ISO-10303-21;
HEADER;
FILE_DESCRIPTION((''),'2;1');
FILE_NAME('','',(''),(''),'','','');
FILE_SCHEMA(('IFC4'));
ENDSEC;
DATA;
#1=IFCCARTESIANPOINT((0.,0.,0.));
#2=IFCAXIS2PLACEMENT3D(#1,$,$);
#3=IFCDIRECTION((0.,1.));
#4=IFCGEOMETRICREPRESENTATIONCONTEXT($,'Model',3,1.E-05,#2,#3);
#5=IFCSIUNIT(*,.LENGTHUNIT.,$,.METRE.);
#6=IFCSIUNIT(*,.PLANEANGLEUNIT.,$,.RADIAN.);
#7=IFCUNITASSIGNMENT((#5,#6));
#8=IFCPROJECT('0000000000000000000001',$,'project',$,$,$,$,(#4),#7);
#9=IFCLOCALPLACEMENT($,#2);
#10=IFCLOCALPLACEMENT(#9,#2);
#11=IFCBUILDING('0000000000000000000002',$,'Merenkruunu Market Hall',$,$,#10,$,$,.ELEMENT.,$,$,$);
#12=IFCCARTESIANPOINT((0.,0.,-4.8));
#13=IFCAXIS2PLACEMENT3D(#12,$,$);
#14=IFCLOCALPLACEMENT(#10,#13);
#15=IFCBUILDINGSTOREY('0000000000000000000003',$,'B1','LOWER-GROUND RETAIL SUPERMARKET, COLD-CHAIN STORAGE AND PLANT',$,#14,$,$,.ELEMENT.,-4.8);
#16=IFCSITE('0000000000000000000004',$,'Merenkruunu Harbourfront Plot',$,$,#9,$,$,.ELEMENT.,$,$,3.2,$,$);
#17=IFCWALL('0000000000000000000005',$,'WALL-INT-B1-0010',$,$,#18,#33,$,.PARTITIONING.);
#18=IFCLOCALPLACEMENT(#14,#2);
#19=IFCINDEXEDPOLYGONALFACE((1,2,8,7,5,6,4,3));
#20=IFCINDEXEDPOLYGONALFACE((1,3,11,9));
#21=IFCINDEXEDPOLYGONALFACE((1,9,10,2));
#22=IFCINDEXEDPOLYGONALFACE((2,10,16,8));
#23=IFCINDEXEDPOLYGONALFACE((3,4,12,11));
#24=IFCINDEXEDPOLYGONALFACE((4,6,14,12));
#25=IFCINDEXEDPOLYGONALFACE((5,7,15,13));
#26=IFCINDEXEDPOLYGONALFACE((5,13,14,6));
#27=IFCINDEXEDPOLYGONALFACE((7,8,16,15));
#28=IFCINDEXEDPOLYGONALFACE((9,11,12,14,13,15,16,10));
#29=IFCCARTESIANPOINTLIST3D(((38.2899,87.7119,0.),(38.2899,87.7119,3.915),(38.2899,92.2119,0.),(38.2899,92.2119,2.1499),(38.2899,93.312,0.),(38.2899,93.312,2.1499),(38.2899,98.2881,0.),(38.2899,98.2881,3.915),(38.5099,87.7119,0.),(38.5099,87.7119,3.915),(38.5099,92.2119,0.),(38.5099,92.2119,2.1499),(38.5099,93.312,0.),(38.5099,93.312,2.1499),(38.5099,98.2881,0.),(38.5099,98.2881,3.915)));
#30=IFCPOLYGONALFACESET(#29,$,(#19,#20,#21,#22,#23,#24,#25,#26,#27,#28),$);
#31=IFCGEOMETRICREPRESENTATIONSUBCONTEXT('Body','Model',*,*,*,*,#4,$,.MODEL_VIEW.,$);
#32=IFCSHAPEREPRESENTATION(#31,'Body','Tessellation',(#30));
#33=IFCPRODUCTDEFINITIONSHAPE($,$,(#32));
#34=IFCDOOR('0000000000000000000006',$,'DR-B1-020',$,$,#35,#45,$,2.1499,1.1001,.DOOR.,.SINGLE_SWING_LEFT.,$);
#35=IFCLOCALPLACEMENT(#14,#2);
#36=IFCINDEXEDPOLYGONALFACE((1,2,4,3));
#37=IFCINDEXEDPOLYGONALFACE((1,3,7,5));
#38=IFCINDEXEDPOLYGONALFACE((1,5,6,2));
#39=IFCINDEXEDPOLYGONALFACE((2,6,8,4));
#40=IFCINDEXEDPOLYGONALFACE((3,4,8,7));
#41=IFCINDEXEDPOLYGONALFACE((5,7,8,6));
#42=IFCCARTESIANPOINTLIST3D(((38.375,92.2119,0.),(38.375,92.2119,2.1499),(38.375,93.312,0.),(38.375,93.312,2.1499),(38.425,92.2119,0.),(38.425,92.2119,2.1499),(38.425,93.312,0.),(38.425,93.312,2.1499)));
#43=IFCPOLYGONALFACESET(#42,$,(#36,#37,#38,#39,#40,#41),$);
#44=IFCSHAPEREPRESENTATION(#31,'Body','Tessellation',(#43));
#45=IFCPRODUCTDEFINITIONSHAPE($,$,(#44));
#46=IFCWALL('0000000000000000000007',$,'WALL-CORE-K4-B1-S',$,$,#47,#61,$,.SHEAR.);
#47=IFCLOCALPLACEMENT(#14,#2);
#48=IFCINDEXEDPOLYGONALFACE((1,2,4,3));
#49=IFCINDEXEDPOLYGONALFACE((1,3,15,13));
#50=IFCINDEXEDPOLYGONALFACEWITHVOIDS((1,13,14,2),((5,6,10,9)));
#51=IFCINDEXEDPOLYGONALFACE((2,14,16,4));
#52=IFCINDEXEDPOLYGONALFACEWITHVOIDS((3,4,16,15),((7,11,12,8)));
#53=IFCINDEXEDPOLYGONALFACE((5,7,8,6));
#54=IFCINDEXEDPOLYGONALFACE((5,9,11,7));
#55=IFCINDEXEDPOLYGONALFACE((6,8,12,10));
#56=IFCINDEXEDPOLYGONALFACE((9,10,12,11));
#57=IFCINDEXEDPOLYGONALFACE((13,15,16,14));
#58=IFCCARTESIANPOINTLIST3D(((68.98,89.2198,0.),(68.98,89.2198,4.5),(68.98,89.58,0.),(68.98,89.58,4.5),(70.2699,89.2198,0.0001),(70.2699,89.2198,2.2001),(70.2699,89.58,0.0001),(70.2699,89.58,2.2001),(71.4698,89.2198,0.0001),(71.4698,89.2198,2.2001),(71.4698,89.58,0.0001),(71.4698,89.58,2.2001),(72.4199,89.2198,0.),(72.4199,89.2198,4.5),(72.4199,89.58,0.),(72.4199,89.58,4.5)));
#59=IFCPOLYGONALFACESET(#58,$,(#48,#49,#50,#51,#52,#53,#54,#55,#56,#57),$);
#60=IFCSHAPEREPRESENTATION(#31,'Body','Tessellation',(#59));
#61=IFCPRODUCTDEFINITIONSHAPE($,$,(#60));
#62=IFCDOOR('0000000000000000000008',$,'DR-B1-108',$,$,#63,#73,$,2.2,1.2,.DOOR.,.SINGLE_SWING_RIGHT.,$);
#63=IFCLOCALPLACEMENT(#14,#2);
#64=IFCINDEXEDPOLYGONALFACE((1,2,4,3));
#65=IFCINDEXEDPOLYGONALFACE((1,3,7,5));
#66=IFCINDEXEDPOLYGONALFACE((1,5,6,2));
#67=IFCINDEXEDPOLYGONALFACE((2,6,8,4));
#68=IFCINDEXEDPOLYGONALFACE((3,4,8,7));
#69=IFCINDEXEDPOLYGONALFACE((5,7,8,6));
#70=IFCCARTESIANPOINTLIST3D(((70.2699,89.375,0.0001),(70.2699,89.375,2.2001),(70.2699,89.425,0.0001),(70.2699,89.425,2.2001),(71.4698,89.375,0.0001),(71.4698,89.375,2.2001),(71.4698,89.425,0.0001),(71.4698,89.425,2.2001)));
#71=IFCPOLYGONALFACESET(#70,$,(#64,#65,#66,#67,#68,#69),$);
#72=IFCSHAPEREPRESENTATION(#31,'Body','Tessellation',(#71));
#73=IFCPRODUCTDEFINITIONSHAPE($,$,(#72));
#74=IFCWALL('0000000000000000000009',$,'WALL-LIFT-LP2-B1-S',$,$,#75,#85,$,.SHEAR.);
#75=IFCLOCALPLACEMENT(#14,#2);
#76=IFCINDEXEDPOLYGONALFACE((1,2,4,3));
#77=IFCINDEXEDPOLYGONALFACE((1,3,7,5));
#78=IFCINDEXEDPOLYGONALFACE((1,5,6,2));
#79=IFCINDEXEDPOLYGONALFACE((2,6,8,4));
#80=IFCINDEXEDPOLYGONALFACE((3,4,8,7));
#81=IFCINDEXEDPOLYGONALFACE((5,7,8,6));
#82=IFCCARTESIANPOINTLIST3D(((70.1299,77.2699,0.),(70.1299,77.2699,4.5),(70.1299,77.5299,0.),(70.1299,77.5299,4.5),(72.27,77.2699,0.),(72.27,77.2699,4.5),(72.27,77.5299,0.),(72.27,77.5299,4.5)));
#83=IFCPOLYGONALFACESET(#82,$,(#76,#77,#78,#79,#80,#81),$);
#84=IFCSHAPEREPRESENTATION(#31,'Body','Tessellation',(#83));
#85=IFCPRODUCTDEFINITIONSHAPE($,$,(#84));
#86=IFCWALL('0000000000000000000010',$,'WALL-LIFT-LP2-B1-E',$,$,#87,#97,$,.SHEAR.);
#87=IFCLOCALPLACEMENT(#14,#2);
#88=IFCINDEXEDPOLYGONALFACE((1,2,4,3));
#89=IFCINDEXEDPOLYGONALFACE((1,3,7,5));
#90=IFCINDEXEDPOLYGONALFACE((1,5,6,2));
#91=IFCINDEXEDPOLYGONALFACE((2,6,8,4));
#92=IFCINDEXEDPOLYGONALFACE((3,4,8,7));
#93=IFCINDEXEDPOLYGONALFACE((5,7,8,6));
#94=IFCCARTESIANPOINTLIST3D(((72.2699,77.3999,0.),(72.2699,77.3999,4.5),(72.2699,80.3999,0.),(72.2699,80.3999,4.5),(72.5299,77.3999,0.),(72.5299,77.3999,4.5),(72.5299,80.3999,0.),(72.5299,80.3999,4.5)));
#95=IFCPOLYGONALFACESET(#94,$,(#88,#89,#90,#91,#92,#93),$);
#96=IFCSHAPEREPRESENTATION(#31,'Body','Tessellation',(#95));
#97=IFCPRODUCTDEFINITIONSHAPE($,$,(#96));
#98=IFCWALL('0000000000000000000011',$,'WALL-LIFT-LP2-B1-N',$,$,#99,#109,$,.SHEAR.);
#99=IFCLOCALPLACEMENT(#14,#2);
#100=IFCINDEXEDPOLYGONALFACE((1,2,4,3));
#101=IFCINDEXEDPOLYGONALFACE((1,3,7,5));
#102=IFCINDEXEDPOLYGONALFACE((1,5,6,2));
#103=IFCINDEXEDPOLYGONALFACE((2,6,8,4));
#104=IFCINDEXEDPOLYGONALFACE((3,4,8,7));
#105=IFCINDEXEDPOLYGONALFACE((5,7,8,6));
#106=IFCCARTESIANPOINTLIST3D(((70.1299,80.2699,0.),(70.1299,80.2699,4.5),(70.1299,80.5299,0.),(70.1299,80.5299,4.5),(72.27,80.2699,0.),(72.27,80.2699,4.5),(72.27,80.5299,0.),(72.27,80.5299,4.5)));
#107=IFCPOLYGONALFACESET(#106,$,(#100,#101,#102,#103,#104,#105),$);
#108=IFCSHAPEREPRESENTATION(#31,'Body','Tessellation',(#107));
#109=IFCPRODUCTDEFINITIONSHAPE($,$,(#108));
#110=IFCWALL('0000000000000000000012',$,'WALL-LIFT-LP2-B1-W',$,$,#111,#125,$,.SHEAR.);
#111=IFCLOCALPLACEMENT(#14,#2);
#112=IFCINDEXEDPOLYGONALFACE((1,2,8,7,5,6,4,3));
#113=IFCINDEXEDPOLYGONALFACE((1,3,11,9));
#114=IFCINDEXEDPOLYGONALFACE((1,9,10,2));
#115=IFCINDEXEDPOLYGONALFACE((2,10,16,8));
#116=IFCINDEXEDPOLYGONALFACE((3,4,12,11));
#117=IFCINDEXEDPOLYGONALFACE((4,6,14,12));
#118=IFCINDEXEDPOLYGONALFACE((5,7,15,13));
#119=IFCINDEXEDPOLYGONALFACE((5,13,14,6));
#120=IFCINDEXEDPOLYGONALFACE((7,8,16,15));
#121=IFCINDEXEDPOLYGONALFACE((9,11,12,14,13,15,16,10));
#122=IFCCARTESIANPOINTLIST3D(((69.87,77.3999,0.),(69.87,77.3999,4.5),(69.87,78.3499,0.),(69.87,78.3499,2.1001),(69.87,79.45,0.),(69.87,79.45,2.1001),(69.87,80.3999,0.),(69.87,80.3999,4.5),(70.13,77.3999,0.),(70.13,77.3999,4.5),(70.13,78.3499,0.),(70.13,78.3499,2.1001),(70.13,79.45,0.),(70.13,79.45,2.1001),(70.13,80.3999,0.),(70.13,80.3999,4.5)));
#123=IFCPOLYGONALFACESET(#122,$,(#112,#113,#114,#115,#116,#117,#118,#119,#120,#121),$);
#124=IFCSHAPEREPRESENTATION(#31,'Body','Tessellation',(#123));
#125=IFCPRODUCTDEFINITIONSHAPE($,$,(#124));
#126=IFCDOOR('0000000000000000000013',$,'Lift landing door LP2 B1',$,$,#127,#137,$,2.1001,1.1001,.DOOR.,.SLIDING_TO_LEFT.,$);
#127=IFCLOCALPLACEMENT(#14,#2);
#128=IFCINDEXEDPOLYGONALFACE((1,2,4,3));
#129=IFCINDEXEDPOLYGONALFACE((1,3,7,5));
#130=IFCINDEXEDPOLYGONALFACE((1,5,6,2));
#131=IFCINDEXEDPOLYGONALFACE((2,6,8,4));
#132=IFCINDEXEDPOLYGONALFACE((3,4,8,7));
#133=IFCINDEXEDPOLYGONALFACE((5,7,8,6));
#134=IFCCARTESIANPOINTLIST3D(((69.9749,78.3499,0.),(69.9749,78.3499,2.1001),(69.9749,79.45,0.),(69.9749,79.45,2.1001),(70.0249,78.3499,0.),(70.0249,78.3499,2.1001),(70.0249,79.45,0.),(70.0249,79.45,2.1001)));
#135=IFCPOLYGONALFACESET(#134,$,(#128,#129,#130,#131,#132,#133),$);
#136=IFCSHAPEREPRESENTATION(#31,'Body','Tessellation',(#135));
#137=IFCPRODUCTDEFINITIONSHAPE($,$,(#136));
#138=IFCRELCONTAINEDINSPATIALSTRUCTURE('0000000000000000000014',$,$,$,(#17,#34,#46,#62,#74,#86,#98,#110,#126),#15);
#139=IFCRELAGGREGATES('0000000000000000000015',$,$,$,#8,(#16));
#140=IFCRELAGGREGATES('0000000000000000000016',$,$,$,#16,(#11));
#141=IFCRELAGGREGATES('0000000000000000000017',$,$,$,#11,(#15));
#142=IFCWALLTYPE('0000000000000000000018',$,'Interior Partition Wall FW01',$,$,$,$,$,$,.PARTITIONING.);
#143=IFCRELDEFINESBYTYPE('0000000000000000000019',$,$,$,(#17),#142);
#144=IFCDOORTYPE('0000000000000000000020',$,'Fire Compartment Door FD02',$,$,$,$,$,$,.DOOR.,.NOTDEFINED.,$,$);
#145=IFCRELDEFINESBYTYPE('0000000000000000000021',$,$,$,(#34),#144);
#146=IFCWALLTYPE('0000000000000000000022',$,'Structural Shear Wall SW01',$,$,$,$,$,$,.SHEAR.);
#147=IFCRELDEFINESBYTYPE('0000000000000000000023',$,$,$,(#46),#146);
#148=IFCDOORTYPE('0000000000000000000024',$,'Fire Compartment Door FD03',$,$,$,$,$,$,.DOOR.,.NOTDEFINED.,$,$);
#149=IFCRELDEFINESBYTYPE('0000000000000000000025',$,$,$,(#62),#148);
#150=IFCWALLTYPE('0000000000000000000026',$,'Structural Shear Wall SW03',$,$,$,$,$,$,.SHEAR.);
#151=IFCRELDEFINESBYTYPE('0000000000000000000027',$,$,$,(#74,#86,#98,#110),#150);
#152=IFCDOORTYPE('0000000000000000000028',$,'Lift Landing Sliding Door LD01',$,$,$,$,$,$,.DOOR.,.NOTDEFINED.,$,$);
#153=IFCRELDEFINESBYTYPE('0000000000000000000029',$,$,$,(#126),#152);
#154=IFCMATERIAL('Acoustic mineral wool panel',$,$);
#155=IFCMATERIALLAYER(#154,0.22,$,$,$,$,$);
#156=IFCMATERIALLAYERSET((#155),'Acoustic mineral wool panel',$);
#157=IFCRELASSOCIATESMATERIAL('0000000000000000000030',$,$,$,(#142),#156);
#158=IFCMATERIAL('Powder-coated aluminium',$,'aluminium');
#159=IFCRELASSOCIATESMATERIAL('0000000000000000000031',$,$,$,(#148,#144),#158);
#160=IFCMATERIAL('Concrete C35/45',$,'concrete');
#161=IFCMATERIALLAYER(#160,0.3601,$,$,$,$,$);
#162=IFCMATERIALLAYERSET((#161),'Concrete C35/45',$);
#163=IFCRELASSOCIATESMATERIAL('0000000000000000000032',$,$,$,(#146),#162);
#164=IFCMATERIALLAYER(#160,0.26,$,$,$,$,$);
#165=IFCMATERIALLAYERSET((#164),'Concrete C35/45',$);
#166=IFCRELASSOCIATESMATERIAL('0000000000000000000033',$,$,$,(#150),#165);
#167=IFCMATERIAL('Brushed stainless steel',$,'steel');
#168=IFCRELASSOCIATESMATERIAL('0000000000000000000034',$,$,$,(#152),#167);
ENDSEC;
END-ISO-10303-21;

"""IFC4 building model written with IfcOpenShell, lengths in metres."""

from ifc_helpers import new_model, si_unit, direction, frame, frame_2d, origin, place, context, subcontext, project, spatial, rectangle, extrude, material, layer, layer_set, type_object, element, fill, save


model = new_model("IFC4")

# Units and contexts
model_context = context("Model", 3, precision=1e-05, world=origin(), true_north=direction((0.0, 1.0)))
body_context = subcontext(model_context, "Body", "Model", "MODEL_VIEW")
ifc_project = project(units=[si_unit("LENGTHUNIT", "METRE"), si_unit("PLANEANGLEUNIT", "RADIAN")], contexts=[model_context])

# Site, building, storey
site_placement = place(None, origin())
site = spatial("IfcSite", under=ifc_project, at=site_placement, Name="Merenkruunu Harbourfront Plot", CompositionType="ELEMENT", RefElevation=3.2)
building_placement = place(site_placement, origin())
building = spatial("IfcBuilding", under=site, at=building_placement, Name="Merenkruunu Market Hall", CompositionType="ELEMENT")
storey_placement = place(building_placement, frame((0.0, 0.0, -4.8)))
storey = spatial("IfcBuildingStorey", under=building, at=storey_placement, Name="B1", Description="LOWER-GROUND RETAIL SUPERMARKET, COLD-CHAIN STORAGE AND PLANT", CompositionType="ELEMENT", Elevation=-4.8)

# Shared definitions
ifc_material_1 = material(Name="Concrete C35/45", Category="concrete")

# Walls, openings, doors
ifc_material_2 = material(Name="Acoustic mineral wool panel")
ifc_layer_1 = layer(ifc_material_2, 0.22)
ifc_layer_set_1 = layer_set([ifc_layer_1], Name="Acoustic mineral wool panel")
wall_type_1 = type_object("IfcWallType", Name="Interior Partition Wall FW01", PredefinedType="PARTITIONING", material=ifc_layer_set_1)
ifc_material_3 = material(Name="Powder-coated aluminium", Category="aluminium")
door_type_1 = type_object("IfcDoorType", Name="Fire Compartment Door FD03", OperationType="NOTDEFINED", PredefinedType="DOOR", material=ifc_material_3)
wall_1_placement = place(storey_placement, frame((38.3999, 87.7119, 0.0), z_axis=(0.0, 0.0, 1.0), x_axis=(0.0, 1.0, 0.0)))
wall_1 = element("IfcWall", 1, at=wall_1_placement, inside=storey, type_object=wall_type_1, Name="WALL-INT-B1-0010", PredefinedType="PARTITIONING", context=body_context, shape_type="SweptSolid", body=[
    extrude(rectangle(XDim=10.5762, YDim=0.22, at=frame_2d((5.2881, 0.0))), origin(), (0.0, 0.0, 1.0), 3.915),
])
opening_1_placement = place(wall_1_placement, frame((4.5, 0.0, 0.0)))
opening_1 = element("IfcOpeningElement", 2, at=opening_1_placement, cuts=wall_1, PredefinedType="OPENING", context=body_context, shape_type="SweptSolid", body=[
    extrude(rectangle(XDim=1.1001, YDim=2.1499, at=frame_2d((0.55, 1.075))), frame((0.0, 0.1201, 0.0), z_axis=(0.0, -1.0, 0.0), x_axis=(1.0, 0.0, 0.0)), (0.0, 0.0, 1.0), 0.24),
])
door_type_2 = type_object("IfcDoorType", Name="Fire Compartment Door FD02", OperationType="NOTDEFINED", PredefinedType="DOOR", material=ifc_material_3)
door_1_placement = place(opening_1_placement, origin())
door_1 = element("IfcDoor", 3, at=door_1_placement, inside=storey, type_object=door_type_2, Name="DR-B1-020", OperationType="SINGLE_SWING_LEFT", OverallHeight=2.1499, OverallWidth=1.1001, PredefinedType="DOOR", context=body_context, shape_type="SweptSolid", body=[
    extrude(rectangle(XDim=1.1001, YDim=2.1499, at=frame_2d((0.55, 1.075))), frame((0.0, 0.0249, 0.0), z_axis=(0.0, -1.0, 0.0), x_axis=(1.0, 0.0, 0.0)), (0.0, 0.0, 1.0), 0.05),
])
fill(opening_1, door_1)
ifc_layer_2 = layer(ifc_material_1, 0.3601)
ifc_layer_set_2 = layer_set([ifc_layer_2], Name="Concrete C35/45")
wall_type_2 = type_object("IfcWallType", Name="Structural Shear Wall SW01", PredefinedType="SHEAR", material=ifc_layer_set_2)
wall_2_placement = place(storey_placement, frame((72.4199, 89.3999, 0.0), z_axis=(0.0, 0.0, 1.0), x_axis=(-1.0, 0.0, 0.0)))
wall_2 = element("IfcWall", 4, at=wall_2_placement, inside=storey, type_object=wall_type_2, Name="WALL-CORE-K4-B1-S", PredefinedType="SHEAR", context=body_context, shape_type="SweptSolid", body=[
    extrude(rectangle(XDim=3.4399, YDim=0.3601, at=frame_2d((1.72, 0.0))), origin(), (0.0, 0.0, 1.0), 4.5),
])
opening_2_placement = place(wall_2_placement, frame((0.95, 0.0, 0.0)))
opening_2 = element("IfcOpeningElement", 5, at=opening_2_placement, cuts=wall_2, PredefinedType="OPENING", context=body_context, shape_type="SweptSolid", body=[
    extrude(rectangle(XDim=1.2, YDim=2.2, at=frame_2d((0.6001, 1.1001))), frame((0.0, 0.1899, 0.0), z_axis=(0.0, -1.0, 0.0), x_axis=(1.0, 0.0, 0.0)), (0.0, 0.0, 1.0), 0.3801),
])
door_2_placement = place(opening_2_placement, origin())
door_2 = element("IfcDoor", 6, at=door_2_placement, inside=storey, type_object=door_type_1, Name="DR-B1-108", OperationType="SINGLE_SWING_RIGHT", OverallHeight=2.2, OverallWidth=1.2, PredefinedType="DOOR", context=body_context, shape_type="SweptSolid", body=[
    extrude(rectangle(XDim=1.2, YDim=2.2, at=frame_2d((0.6001, 1.1001))), frame((0.0, 0.0249, 0.0), z_axis=(0.0, -1.0, 0.0), x_axis=(1.0, 0.0, 0.0)), (0.0, 0.0, 1.0), 0.05),
])
fill(opening_2, door_2)

# Walls
ifc_layer_3 = layer(ifc_material_1, 0.26)
ifc_layer_set_3 = layer_set([ifc_layer_3], Name="Concrete C35/45")
wall_type_3 = type_object("IfcWallType", Name="Structural Shear Wall SW03", PredefinedType="SHEAR", material=ifc_layer_set_3)
wall_3_placement = place(storey_placement, frame((70.1299, 77.3999, 0.0), z_axis=(0.0, 0.0, 1.0), x_axis=(1.0, 0.0, 0.0)))
element("IfcWall", 7, at=wall_3_placement, inside=storey, type_object=wall_type_3, Name="WALL-LIFT-LP2-B1-S", PredefinedType="SHEAR", context=body_context, shape_type="SweptSolid", body=[
    extrude(rectangle(XDim=2.1401, YDim=0.26, at=frame_2d((1.0701, 0.0))), origin(), (0.0, 0.0, 1.0), 4.5),
])
wall_4_placement = place(storey_placement, frame((72.3999, 77.3999, 0.0), z_axis=(0.0, 0.0, 1.0), x_axis=(0.0, 1.0, 0.0)))
element("IfcWall", 8, at=wall_4_placement, inside=storey, type_object=wall_type_3, Name="WALL-LIFT-LP2-B1-E", PredefinedType="SHEAR", context=body_context, shape_type="SweptSolid", body=[
    extrude(rectangle(XDim=3.0, YDim=0.26, at=frame_2d((1.5, 0.0))), origin(), (0.0, 0.0, 1.0), 4.5),
])
wall_5_placement = place(storey_placement, frame((72.27, 80.3999, 0.0), z_axis=(0.0, 0.0, 1.0), x_axis=(-1.0, 0.0, 0.0)))
element("IfcWall", 9, at=wall_5_placement, inside=storey, type_object=wall_type_3, Name="WALL-LIFT-LP2-B1-N", PredefinedType="SHEAR", context=body_context, shape_type="SweptSolid", body=[
    extrude(rectangle(XDim=2.1401, YDim=0.26, at=frame_2d((1.0701, 0.0))), origin(), (0.0, 0.0, 1.0), 4.5),
])

# Wall, opening, door
wall_6_placement = place(storey_placement, frame((70.0, 80.3999, 0.0), z_axis=(0.0, 0.0, 1.0), x_axis=(0.0, -1.0, 0.0)))
wall_6 = element("IfcWall", 10, at=wall_6_placement, inside=storey, type_object=wall_type_3, Name="WALL-LIFT-LP2-B1-W", PredefinedType="SHEAR", context=body_context, shape_type="SweptSolid", body=[
    extrude(rectangle(XDim=3.0, YDim=0.26, at=frame_2d((1.5, 0.0))), origin(), (0.0, 0.0, 1.0), 4.5),
])
opening_3_placement = place(wall_6_placement, frame((0.95, 0.0, 0.0)))
opening_3 = element("IfcOpeningElement", 11, at=opening_3_placement, cuts=wall_6, PredefinedType="OPENING", context=body_context, shape_type="SweptSolid", body=[
    extrude(rectangle(XDim=1.1001, YDim=2.1001, at=frame_2d((0.55, 1.05))), frame((0.0, 0.1401, 0.0), z_axis=(0.0, -1.0, 0.0), x_axis=(1.0, 0.0, 0.0)), (0.0, 0.0, 1.0), 0.28),
])
ifc_material_4 = material(Name="Brushed stainless steel", Category="steel")
door_type_3 = type_object("IfcDoorType", Name="Lift Landing Sliding Door LD01", OperationType="NOTDEFINED", PredefinedType="DOOR", material=ifc_material_4)
door_3_placement = place(opening_3_placement, origin())
door_3 = element("IfcDoor", 12, at=door_3_placement, inside=storey, type_object=door_type_3, Name="Lift landing door LP2 B1", OperationType="SLIDING_TO_LEFT", OverallHeight=2.1001, OverallWidth=1.1001, PredefinedType="DOOR", context=body_context, shape_type="SweptSolid", body=[
    extrude(rectangle(XDim=1.1001, YDim=2.1001, at=frame_2d((0.55, 1.05))), frame((0.0, 0.0249, 0.0), z_axis=(0.0, -1.0, 0.0), x_axis=(1.0, 0.0, 0.0)), (0.0, 0.0, 1.0), 0.05),
])
fill(opening_3, door_3)

save(model, "model.ifc")
